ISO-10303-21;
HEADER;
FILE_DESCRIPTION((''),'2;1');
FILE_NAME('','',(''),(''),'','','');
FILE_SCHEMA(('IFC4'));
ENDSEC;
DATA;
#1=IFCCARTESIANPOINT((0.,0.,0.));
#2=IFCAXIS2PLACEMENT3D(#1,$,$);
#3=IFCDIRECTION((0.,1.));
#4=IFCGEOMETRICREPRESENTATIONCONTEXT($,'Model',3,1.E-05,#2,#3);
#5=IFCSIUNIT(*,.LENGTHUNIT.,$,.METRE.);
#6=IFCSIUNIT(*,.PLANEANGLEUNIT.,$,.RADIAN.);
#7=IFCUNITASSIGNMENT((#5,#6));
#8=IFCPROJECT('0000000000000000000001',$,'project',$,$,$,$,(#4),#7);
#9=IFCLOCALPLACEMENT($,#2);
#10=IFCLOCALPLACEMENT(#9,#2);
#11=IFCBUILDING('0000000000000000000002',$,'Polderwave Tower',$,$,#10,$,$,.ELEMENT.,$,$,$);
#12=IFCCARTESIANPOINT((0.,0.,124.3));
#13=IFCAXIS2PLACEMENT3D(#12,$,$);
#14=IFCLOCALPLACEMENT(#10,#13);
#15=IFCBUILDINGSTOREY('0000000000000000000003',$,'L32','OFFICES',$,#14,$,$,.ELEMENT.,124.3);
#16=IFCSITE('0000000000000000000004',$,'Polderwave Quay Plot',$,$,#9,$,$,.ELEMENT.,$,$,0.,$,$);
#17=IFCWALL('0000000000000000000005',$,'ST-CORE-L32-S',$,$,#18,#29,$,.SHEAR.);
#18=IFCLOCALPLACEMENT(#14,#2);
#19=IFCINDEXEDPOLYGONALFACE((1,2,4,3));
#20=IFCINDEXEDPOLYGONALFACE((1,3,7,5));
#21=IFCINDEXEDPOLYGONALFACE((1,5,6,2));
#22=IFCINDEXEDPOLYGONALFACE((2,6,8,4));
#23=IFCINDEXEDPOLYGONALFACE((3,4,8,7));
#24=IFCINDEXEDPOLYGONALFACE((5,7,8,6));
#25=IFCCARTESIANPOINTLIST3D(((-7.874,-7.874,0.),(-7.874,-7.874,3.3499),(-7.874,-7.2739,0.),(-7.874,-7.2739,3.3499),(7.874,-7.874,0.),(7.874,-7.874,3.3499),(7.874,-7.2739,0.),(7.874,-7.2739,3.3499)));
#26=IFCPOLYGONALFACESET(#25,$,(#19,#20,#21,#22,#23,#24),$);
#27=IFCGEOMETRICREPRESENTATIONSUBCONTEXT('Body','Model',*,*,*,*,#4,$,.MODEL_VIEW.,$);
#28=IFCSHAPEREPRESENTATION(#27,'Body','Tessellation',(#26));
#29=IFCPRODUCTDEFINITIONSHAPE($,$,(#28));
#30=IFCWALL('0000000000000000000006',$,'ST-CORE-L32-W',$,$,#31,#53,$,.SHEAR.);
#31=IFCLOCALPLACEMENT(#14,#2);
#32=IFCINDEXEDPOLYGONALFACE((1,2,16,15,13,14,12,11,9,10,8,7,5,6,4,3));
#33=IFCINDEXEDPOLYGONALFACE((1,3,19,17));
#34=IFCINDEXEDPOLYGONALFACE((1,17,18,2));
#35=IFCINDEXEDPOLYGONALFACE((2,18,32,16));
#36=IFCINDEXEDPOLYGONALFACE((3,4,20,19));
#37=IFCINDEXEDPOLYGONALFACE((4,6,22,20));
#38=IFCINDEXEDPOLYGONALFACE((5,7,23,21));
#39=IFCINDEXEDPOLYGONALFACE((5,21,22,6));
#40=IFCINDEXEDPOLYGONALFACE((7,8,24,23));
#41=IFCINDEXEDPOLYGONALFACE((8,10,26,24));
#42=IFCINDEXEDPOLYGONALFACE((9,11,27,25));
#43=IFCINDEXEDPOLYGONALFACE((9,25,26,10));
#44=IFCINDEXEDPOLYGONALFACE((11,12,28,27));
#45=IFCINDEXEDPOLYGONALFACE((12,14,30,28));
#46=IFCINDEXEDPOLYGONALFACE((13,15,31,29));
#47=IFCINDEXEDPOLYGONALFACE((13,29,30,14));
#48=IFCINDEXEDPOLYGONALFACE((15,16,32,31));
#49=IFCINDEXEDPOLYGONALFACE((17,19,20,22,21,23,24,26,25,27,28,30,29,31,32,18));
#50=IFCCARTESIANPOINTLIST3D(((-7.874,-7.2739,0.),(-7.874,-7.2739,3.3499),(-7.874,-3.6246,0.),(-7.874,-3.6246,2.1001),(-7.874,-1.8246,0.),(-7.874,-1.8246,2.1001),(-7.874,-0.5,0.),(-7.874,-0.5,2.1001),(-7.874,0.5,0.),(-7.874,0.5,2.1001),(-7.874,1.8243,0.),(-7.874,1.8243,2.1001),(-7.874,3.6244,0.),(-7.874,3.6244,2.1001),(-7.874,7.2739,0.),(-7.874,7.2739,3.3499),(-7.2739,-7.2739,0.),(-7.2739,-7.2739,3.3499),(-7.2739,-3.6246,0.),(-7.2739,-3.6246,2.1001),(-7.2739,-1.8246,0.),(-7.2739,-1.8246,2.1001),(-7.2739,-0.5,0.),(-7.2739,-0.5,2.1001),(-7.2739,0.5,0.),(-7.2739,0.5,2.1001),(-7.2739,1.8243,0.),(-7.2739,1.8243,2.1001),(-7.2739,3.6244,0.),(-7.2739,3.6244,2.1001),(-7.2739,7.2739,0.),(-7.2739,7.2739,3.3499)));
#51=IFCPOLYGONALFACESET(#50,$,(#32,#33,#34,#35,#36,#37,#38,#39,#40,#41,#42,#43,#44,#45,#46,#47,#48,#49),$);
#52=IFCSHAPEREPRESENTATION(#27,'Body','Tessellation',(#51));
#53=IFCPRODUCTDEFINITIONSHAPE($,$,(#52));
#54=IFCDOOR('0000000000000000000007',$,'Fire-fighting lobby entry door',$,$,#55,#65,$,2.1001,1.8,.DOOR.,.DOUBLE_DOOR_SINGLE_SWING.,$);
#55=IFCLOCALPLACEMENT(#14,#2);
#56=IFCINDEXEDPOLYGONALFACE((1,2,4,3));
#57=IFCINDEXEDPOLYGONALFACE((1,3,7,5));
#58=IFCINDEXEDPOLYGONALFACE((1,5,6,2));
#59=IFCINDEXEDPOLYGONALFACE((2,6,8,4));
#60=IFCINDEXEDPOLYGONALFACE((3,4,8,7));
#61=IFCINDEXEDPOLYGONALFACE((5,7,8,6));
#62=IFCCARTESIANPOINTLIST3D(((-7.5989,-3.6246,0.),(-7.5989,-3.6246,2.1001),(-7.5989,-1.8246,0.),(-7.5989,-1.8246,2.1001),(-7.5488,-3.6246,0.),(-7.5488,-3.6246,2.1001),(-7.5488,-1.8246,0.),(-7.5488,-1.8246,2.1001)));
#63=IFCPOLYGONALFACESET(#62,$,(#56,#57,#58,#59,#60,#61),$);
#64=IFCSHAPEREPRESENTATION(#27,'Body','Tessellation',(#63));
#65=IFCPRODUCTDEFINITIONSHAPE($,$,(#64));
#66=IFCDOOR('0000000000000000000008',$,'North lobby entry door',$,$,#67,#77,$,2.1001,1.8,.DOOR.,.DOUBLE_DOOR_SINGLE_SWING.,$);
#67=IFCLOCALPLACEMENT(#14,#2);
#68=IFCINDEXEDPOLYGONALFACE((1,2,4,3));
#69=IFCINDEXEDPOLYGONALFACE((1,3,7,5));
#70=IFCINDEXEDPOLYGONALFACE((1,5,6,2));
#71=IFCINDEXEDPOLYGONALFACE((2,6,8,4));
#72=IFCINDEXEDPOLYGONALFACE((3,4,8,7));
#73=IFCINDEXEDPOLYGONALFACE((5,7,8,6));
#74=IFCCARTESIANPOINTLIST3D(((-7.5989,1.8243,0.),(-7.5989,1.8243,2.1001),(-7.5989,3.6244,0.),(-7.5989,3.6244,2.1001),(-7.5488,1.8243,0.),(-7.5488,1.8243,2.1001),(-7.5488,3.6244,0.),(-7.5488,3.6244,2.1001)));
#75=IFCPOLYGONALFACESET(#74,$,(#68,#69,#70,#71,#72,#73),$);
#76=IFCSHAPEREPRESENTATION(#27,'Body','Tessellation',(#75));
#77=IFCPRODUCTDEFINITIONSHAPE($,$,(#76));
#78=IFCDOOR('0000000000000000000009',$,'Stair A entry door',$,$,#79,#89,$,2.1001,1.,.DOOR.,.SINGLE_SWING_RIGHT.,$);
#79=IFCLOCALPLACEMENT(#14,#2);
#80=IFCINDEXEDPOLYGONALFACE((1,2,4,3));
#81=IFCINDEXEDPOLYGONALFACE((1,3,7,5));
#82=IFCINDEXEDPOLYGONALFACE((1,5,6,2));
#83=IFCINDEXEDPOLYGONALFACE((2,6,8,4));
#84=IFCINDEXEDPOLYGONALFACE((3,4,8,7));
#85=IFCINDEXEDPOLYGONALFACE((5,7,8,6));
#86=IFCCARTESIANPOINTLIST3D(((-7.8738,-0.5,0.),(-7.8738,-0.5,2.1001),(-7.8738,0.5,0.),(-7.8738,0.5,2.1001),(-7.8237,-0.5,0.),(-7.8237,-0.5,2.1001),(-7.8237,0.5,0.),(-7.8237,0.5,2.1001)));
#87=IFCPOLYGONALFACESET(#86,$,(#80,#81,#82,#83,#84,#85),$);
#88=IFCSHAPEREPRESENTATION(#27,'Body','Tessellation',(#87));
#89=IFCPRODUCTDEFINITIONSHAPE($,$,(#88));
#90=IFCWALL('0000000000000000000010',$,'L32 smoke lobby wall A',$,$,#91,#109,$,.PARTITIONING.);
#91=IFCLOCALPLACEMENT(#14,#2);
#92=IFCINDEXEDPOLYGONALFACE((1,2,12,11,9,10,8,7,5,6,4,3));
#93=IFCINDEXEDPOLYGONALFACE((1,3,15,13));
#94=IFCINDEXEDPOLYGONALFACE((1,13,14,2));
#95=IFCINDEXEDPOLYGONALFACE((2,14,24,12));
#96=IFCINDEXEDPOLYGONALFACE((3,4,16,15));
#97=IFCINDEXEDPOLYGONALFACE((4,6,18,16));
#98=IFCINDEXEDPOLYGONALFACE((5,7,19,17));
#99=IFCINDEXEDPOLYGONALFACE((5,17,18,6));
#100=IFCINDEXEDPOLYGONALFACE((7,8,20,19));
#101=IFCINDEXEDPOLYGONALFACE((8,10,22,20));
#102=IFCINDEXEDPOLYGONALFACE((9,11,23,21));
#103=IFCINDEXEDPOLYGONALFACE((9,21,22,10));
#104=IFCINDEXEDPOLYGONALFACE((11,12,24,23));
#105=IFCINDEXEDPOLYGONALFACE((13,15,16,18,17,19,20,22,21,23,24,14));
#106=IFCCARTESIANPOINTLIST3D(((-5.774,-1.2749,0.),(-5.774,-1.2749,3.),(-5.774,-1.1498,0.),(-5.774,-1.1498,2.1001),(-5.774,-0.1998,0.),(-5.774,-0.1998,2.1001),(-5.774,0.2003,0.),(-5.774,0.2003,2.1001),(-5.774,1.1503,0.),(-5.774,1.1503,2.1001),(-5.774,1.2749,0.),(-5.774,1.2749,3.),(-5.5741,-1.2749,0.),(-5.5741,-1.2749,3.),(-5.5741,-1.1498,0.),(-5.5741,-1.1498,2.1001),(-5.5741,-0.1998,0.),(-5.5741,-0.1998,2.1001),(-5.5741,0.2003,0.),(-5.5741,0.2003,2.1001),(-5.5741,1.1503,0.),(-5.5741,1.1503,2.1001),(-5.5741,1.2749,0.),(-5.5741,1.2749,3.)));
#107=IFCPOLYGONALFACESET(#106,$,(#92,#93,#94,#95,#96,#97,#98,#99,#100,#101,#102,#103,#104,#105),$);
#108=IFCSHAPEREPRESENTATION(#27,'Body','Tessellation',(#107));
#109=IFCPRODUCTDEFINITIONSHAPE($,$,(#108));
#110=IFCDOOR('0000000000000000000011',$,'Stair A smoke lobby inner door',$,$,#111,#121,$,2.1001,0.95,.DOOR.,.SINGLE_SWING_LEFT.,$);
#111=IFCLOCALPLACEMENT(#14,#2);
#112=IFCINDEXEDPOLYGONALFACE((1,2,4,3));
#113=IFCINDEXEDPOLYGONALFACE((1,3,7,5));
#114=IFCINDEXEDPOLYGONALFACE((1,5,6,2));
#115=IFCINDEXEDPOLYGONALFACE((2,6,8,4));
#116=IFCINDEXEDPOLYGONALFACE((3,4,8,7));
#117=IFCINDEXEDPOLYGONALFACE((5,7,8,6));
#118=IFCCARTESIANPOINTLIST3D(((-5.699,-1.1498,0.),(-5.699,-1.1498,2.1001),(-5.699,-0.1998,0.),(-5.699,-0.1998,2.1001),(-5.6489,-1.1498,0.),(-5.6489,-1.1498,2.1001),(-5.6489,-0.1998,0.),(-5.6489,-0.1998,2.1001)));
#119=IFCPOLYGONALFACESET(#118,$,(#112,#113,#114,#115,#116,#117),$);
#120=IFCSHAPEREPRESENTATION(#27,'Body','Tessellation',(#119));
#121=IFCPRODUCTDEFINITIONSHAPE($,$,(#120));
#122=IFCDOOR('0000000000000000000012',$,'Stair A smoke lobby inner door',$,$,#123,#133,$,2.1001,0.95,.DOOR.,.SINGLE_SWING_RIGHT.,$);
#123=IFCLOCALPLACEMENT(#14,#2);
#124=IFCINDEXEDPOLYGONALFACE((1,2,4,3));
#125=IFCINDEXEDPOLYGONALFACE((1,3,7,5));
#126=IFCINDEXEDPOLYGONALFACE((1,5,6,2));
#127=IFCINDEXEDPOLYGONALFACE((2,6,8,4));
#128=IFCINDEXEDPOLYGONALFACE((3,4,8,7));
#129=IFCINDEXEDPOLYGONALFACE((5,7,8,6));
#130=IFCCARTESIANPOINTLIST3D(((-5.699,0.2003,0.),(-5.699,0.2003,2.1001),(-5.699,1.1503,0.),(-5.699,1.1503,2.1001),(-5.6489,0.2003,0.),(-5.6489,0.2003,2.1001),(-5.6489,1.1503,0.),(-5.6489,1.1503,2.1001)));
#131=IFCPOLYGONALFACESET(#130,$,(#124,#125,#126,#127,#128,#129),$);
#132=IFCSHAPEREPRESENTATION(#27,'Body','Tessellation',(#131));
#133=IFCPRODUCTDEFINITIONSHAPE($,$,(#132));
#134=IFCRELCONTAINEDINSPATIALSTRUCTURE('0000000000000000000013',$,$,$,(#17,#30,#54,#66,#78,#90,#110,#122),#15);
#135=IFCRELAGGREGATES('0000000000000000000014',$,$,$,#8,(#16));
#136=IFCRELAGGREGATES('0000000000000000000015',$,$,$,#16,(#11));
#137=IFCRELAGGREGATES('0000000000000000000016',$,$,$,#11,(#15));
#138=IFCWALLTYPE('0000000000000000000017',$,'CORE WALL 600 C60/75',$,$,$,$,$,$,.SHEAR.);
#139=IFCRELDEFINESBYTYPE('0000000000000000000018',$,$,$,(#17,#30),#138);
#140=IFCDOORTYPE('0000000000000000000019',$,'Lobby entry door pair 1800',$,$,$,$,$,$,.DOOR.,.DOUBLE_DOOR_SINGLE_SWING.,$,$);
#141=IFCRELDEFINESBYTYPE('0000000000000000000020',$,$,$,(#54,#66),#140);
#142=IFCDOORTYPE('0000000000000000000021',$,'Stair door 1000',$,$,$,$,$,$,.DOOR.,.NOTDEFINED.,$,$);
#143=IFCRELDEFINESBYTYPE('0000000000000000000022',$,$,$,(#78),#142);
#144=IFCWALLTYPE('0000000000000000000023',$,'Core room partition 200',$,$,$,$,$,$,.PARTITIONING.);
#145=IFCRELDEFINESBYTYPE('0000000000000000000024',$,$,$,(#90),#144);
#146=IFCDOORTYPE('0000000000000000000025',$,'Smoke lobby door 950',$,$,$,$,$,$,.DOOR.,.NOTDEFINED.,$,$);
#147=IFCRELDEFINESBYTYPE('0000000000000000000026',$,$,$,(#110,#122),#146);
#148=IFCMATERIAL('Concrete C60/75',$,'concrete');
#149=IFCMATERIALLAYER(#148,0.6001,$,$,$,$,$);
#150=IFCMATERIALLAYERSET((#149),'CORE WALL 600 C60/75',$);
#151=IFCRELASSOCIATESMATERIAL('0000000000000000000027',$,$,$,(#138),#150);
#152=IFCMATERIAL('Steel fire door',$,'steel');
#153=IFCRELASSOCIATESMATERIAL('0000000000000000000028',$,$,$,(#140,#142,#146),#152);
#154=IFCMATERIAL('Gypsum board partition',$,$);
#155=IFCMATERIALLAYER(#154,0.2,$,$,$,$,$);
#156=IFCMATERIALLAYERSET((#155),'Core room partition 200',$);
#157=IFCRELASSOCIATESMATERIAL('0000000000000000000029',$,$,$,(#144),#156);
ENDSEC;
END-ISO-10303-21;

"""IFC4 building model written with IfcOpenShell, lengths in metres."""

from ifc_helpers import new_model, si_unit, direction, frame, frame_2d, origin, place, context, subcontext, project, spatial, rectangle, extrude, material, layer, layer_set, type_object, element, fill, save


model = new_model("IFC4")

# Units and contexts
model_context = context("Model", 3, precision=1e-05, world=origin(), true_north=direction((0.0, 1.0)))
body_context = subcontext(model_context, "Body", "Model", "MODEL_VIEW")
ifc_project = project(units=[si_unit("LENGTHUNIT", "METRE"), si_unit("PLANEANGLEUNIT", "RADIAN")], contexts=[model_context])

# Site, building, storey
site_placement = place(None, origin())
site = spatial("IfcSite", under=ifc_project, at=site_placement, Name="Polderwave Quay Plot", CompositionType="ELEMENT", RefElevation=0.0)
building_placement = place(site_placement, origin())
building = spatial("IfcBuilding", under=site, at=building_placement, Name="Polderwave Tower", CompositionType="ELEMENT")
storey_placement = place(building_placement, frame((0.0, 0.0, 124.3)))
storey = spatial("IfcBuildingStorey", under=building, at=storey_placement, Name="L32", Description="OFFICES", CompositionType="ELEMENT", Elevation=124.3)

# Wall
ifc_material_1 = material(Name="Concrete C60/75", Category="concrete")
ifc_layer_1 = layer(ifc_material_1, 0.6001)
ifc_layer_set_1 = layer_set([ifc_layer_1], Name="CORE WALL 600 C60/75")
wall_type_1 = type_object("IfcWallType", Name="CORE WALL 600 C60/75", PredefinedType="SHEAR", material=ifc_layer_set_1)
wall_1_placement = place(storey_placement, frame((-7.874, -7.574, 0.0), z_axis=(0.0, 0.0, 1.0), x_axis=(1.0, 0.0, 0.0)))
element("IfcWall", 1, at=wall_1_placement, inside=storey, type_object=wall_type_1, Name="ST-CORE-L32-S", PredefinedType="SHEAR", context=body_context, shape_type="SweptSolid", body=[
    extrude(rectangle(XDim=15.748, YDim=0.6001, at=frame_2d((7.874, 0.0))), origin(), (0.0, 0.0, 1.0), 3.3499),
])

# Walls, openings, doors
wall_2_placement = place(storey_placement, frame((-7.574, -7.2739, 0.0), z_axis=(0.0, 0.0, 1.0), x_axis=(0.0, 1.0, 0.0)))
wall_2 = element("IfcWall", 2, at=wall_2_placement, inside=storey, type_object=wall_type_1, Name="ST-CORE-L32-W", PredefinedType="SHEAR", context=body_context, shape_type="SweptSolid", body=[
    extrude(rectangle(XDim=14.5479, YDim=0.6001, at=frame_2d((7.2739, 0.0))), origin(), (0.0, 0.0, 1.0), 3.3499),
])
opening_1_placement = place(wall_2_placement, frame((6.7739, 0.0, 0.0)))
opening_1 = element("IfcOpeningElement", 3, at=opening_1_placement, cuts=wall_2, PredefinedType="OPENING", context=body_context, shape_type="SweptSolid", body=[
    extrude(rectangle(XDim=1.0, YDim=2.1001, at=frame_2d((0.5, 1.05))), frame((0.0, 0.3101, 0.0), z_axis=(0.0, -1.0, 0.0), x_axis=(1.0, 0.0, 0.0)), (0.0, 0.0, 1.0), 0.6201),
])
opening_2_placement = place(wall_2_placement, frame((3.6494, 0.0, 0.0)))
opening_2 = element("IfcOpeningElement", 4, at=opening_2_placement, cuts=wall_2, PredefinedType="OPENING", context=body_context, shape_type="SweptSolid", body=[
    extrude(rectangle(XDim=1.8, YDim=2.1001, at=frame_2d((0.8999, 1.05))), frame((0.0, 0.3101, 0.0), z_axis=(0.0, -1.0, 0.0), x_axis=(1.0, 0.0, 0.0)), (0.0, 0.0, 1.0), 0.6201),
])
opening_3_placement = place(wall_2_placement, frame((9.0984, 0.0, 0.0)))
opening_3 = element("IfcOpeningElement", 5, at=opening_3_placement, cuts=wall_2, PredefinedType="OPENING", context=body_context, shape_type="SweptSolid", body=[
    extrude(rectangle(XDim=1.8, YDim=2.1001, at=frame_2d((0.8999, 1.05))), frame((0.0, 0.3101, 0.0), z_axis=(0.0, -1.0, 0.0), x_axis=(1.0, 0.0, 0.0)), (0.0, 0.0, 1.0), 0.6201),
])
ifc_material_2 = material(Name="Steel fire door", Category="steel")
door_type_1 = type_object("IfcDoorType", Name="Lobby entry door pair 1800", OperationType="DOUBLE_DOOR_SINGLE_SWING", PredefinedType="DOOR", material=ifc_material_2)
door_1_placement = place(opening_2_placement, origin())
door_1 = element("IfcDoor", 6, at=door_1_placement, inside=storey, type_object=door_type_1, Name="Fire-fighting lobby entry door", OperationType="DOUBLE_DOOR_SINGLE_SWING", OverallHeight=2.1001, OverallWidth=1.8, PredefinedType="DOOR", context=body_context, shape_type="SweptSolid", body=[
    extrude(rectangle(XDim=1.8, YDim=2.1001, at=frame_2d((0.8999, 1.05))), frame((0.0, 0.0249, 0.0), z_axis=(0.0, -1.0, 0.0), x_axis=(1.0, 0.0, 0.0)), (0.0, 0.0, 1.0), 0.05),
])
fill(opening_2, door_1)
door_2_placement = place(opening_3_placement, origin())
door_2 = element("IfcDoor", 7, at=door_2_placement, inside=storey, type_object=door_type_1, Name="North lobby entry door", OperationType="DOUBLE_DOOR_SINGLE_SWING", OverallHeight=2.1001, OverallWidth=1.8, PredefinedType="DOOR", context=body_context, shape_type="SweptSolid", body=[
    extrude(rectangle(XDim=1.8, YDim=2.1001, at=frame_2d((0.8999, 1.05))), frame((0.0, 0.0249, 0.0), z_axis=(0.0, -1.0, 0.0), x_axis=(1.0, 0.0, 0.0)), (0.0, 0.0, 1.0), 0.05),
])
fill(opening_3, door_2)
door_type_2 = type_object("IfcDoorType", Name="Stair door 1000", OperationType="NOTDEFINED", PredefinedType="DOOR", material=ifc_material_2)
door_3_placement = place(opening_1_placement, origin())
door_3 = element("IfcDoor", 8, at=door_3_placement, inside=storey, type_object=door_type_2, Name="Stair A entry door", OperationType="SINGLE_SWING_RIGHT", OverallHeight=2.1001, OverallWidth=1.0, PredefinedType="DOOR", context=body_context, shape_type="SweptSolid", body=[
    extrude(rectangle(XDim=1.0, YDim=2.1001, at=frame_2d((0.5, 1.05))), frame((0.0, 0.2998, 0.0), z_axis=(0.0, -1.0, 0.0), x_axis=(1.0, 0.0, 0.0)), (0.0, 0.0, 1.0), 0.05),
])
fill(opening_1, door_3)
ifc_material_3 = material(Name="Gypsum board partition")
ifc_layer_2 = layer(ifc_material_3, 0.2)
ifc_layer_set_2 = layer_set([ifc_layer_2], Name="Core room partition 200")
wall_type_2 = type_object("IfcWallType", Name="Core room partition 200", PredefinedType="PARTITIONING", material=ifc_layer_set_2)
wall_3_placement = place(storey_placement, frame((-5.6741, -1.2749, 0.0), z_axis=(0.0, 0.0, 1.0), x_axis=(0.0, 1.0, 0.0)))
wall_3 = element("IfcWall", 9, at=wall_3_placement, inside=storey, type_object=wall_type_2, Name="L32 smoke lobby wall A", PredefinedType="PARTITIONING", context=body_context, shape_type="SweptSolid", body=[
    extrude(rectangle(XDim=2.5498, YDim=0.2, at=frame_2d((1.2749, 0.0))), origin(), (0.0, 0.0, 1.0), 3.0),
])
opening_4_placement = place(wall_3_placement, frame((0.125, 0.0, 0.0)))
opening_4 = element("IfcOpeningElement", 10, at=opening_4_placement, cuts=wall_3, PredefinedType="OPENING", context=body_context, shape_type="SweptSolid", body=[
    extrude(rectangle(XDim=0.95, YDim=2.1001, at=frame_2d((0.4751, 1.05))), frame((0.0, 0.1099, 0.0), z_axis=(0.0, -1.0, 0.0), x_axis=(1.0, 0.0, 0.0)), (0.0, 0.0, 1.0), 0.22),
])
opening_5_placement = place(wall_3_placement, frame((1.4751, 0.0, 0.0)))
opening_5 = element("IfcOpeningElement", 11, at=opening_5_placement, cuts=wall_3, PredefinedType="OPENING", context=body_context, shape_type="SweptSolid", body=[
    extrude(rectangle(XDim=0.95, YDim=2.1001, at=frame_2d((0.4751, 1.05))), frame((0.0, 0.1099, 0.0), z_axis=(0.0, -1.0, 0.0), x_axis=(1.0, 0.0, 0.0)), (0.0, 0.0, 1.0), 0.22),
])
door_type_3 = type_object("IfcDoorType", Name="Smoke lobby door 950", OperationType="NOTDEFINED", PredefinedType="DOOR", material=ifc_material_2)
door_4_placement = place(opening_4_placement, origin())
door_4 = element("IfcDoor", 12, at=door_4_placement, inside=storey, type_object=door_type_3, Name="Stair A smoke lobby inner door", OperationType="SINGLE_SWING_LEFT", OverallHeight=2.1001, OverallWidth=0.95, PredefinedType="DOOR", context=body_context, shape_type="SweptSolid", body=[
    extrude(rectangle(XDim=0.95, YDim=2.1001, at=frame_2d((0.4751, 1.05))), frame((0.0, 0.0249, 0.0), z_axis=(0.0, -1.0, 0.0), x_axis=(1.0, 0.0, 0.0)), (0.0, 0.0, 1.0), 0.05),
])
fill(opening_4, door_4)
door_5_placement = place(opening_5_placement, origin())
door_5 = element("IfcDoor", 13, at=door_5_placement, inside=storey, type_object=door_type_3, Name="Stair A smoke lobby inner door", OperationType="SINGLE_SWING_RIGHT", OverallHeight=2.1001, OverallWidth=0.95, PredefinedType="DOOR", context=body_context, shape_type="SweptSolid", body=[
    extrude(rectangle(XDim=0.95, YDim=2.1001, at=frame_2d((0.4751, 1.05))), frame((0.0, 0.0249, 0.0), z_axis=(0.0, -1.0, 0.0), x_axis=(1.0, 0.0, 0.0)), (0.0, 0.0, 1.0), 0.05),
])
fill(opening_5, door_5)

save(model, "model.ifc")
